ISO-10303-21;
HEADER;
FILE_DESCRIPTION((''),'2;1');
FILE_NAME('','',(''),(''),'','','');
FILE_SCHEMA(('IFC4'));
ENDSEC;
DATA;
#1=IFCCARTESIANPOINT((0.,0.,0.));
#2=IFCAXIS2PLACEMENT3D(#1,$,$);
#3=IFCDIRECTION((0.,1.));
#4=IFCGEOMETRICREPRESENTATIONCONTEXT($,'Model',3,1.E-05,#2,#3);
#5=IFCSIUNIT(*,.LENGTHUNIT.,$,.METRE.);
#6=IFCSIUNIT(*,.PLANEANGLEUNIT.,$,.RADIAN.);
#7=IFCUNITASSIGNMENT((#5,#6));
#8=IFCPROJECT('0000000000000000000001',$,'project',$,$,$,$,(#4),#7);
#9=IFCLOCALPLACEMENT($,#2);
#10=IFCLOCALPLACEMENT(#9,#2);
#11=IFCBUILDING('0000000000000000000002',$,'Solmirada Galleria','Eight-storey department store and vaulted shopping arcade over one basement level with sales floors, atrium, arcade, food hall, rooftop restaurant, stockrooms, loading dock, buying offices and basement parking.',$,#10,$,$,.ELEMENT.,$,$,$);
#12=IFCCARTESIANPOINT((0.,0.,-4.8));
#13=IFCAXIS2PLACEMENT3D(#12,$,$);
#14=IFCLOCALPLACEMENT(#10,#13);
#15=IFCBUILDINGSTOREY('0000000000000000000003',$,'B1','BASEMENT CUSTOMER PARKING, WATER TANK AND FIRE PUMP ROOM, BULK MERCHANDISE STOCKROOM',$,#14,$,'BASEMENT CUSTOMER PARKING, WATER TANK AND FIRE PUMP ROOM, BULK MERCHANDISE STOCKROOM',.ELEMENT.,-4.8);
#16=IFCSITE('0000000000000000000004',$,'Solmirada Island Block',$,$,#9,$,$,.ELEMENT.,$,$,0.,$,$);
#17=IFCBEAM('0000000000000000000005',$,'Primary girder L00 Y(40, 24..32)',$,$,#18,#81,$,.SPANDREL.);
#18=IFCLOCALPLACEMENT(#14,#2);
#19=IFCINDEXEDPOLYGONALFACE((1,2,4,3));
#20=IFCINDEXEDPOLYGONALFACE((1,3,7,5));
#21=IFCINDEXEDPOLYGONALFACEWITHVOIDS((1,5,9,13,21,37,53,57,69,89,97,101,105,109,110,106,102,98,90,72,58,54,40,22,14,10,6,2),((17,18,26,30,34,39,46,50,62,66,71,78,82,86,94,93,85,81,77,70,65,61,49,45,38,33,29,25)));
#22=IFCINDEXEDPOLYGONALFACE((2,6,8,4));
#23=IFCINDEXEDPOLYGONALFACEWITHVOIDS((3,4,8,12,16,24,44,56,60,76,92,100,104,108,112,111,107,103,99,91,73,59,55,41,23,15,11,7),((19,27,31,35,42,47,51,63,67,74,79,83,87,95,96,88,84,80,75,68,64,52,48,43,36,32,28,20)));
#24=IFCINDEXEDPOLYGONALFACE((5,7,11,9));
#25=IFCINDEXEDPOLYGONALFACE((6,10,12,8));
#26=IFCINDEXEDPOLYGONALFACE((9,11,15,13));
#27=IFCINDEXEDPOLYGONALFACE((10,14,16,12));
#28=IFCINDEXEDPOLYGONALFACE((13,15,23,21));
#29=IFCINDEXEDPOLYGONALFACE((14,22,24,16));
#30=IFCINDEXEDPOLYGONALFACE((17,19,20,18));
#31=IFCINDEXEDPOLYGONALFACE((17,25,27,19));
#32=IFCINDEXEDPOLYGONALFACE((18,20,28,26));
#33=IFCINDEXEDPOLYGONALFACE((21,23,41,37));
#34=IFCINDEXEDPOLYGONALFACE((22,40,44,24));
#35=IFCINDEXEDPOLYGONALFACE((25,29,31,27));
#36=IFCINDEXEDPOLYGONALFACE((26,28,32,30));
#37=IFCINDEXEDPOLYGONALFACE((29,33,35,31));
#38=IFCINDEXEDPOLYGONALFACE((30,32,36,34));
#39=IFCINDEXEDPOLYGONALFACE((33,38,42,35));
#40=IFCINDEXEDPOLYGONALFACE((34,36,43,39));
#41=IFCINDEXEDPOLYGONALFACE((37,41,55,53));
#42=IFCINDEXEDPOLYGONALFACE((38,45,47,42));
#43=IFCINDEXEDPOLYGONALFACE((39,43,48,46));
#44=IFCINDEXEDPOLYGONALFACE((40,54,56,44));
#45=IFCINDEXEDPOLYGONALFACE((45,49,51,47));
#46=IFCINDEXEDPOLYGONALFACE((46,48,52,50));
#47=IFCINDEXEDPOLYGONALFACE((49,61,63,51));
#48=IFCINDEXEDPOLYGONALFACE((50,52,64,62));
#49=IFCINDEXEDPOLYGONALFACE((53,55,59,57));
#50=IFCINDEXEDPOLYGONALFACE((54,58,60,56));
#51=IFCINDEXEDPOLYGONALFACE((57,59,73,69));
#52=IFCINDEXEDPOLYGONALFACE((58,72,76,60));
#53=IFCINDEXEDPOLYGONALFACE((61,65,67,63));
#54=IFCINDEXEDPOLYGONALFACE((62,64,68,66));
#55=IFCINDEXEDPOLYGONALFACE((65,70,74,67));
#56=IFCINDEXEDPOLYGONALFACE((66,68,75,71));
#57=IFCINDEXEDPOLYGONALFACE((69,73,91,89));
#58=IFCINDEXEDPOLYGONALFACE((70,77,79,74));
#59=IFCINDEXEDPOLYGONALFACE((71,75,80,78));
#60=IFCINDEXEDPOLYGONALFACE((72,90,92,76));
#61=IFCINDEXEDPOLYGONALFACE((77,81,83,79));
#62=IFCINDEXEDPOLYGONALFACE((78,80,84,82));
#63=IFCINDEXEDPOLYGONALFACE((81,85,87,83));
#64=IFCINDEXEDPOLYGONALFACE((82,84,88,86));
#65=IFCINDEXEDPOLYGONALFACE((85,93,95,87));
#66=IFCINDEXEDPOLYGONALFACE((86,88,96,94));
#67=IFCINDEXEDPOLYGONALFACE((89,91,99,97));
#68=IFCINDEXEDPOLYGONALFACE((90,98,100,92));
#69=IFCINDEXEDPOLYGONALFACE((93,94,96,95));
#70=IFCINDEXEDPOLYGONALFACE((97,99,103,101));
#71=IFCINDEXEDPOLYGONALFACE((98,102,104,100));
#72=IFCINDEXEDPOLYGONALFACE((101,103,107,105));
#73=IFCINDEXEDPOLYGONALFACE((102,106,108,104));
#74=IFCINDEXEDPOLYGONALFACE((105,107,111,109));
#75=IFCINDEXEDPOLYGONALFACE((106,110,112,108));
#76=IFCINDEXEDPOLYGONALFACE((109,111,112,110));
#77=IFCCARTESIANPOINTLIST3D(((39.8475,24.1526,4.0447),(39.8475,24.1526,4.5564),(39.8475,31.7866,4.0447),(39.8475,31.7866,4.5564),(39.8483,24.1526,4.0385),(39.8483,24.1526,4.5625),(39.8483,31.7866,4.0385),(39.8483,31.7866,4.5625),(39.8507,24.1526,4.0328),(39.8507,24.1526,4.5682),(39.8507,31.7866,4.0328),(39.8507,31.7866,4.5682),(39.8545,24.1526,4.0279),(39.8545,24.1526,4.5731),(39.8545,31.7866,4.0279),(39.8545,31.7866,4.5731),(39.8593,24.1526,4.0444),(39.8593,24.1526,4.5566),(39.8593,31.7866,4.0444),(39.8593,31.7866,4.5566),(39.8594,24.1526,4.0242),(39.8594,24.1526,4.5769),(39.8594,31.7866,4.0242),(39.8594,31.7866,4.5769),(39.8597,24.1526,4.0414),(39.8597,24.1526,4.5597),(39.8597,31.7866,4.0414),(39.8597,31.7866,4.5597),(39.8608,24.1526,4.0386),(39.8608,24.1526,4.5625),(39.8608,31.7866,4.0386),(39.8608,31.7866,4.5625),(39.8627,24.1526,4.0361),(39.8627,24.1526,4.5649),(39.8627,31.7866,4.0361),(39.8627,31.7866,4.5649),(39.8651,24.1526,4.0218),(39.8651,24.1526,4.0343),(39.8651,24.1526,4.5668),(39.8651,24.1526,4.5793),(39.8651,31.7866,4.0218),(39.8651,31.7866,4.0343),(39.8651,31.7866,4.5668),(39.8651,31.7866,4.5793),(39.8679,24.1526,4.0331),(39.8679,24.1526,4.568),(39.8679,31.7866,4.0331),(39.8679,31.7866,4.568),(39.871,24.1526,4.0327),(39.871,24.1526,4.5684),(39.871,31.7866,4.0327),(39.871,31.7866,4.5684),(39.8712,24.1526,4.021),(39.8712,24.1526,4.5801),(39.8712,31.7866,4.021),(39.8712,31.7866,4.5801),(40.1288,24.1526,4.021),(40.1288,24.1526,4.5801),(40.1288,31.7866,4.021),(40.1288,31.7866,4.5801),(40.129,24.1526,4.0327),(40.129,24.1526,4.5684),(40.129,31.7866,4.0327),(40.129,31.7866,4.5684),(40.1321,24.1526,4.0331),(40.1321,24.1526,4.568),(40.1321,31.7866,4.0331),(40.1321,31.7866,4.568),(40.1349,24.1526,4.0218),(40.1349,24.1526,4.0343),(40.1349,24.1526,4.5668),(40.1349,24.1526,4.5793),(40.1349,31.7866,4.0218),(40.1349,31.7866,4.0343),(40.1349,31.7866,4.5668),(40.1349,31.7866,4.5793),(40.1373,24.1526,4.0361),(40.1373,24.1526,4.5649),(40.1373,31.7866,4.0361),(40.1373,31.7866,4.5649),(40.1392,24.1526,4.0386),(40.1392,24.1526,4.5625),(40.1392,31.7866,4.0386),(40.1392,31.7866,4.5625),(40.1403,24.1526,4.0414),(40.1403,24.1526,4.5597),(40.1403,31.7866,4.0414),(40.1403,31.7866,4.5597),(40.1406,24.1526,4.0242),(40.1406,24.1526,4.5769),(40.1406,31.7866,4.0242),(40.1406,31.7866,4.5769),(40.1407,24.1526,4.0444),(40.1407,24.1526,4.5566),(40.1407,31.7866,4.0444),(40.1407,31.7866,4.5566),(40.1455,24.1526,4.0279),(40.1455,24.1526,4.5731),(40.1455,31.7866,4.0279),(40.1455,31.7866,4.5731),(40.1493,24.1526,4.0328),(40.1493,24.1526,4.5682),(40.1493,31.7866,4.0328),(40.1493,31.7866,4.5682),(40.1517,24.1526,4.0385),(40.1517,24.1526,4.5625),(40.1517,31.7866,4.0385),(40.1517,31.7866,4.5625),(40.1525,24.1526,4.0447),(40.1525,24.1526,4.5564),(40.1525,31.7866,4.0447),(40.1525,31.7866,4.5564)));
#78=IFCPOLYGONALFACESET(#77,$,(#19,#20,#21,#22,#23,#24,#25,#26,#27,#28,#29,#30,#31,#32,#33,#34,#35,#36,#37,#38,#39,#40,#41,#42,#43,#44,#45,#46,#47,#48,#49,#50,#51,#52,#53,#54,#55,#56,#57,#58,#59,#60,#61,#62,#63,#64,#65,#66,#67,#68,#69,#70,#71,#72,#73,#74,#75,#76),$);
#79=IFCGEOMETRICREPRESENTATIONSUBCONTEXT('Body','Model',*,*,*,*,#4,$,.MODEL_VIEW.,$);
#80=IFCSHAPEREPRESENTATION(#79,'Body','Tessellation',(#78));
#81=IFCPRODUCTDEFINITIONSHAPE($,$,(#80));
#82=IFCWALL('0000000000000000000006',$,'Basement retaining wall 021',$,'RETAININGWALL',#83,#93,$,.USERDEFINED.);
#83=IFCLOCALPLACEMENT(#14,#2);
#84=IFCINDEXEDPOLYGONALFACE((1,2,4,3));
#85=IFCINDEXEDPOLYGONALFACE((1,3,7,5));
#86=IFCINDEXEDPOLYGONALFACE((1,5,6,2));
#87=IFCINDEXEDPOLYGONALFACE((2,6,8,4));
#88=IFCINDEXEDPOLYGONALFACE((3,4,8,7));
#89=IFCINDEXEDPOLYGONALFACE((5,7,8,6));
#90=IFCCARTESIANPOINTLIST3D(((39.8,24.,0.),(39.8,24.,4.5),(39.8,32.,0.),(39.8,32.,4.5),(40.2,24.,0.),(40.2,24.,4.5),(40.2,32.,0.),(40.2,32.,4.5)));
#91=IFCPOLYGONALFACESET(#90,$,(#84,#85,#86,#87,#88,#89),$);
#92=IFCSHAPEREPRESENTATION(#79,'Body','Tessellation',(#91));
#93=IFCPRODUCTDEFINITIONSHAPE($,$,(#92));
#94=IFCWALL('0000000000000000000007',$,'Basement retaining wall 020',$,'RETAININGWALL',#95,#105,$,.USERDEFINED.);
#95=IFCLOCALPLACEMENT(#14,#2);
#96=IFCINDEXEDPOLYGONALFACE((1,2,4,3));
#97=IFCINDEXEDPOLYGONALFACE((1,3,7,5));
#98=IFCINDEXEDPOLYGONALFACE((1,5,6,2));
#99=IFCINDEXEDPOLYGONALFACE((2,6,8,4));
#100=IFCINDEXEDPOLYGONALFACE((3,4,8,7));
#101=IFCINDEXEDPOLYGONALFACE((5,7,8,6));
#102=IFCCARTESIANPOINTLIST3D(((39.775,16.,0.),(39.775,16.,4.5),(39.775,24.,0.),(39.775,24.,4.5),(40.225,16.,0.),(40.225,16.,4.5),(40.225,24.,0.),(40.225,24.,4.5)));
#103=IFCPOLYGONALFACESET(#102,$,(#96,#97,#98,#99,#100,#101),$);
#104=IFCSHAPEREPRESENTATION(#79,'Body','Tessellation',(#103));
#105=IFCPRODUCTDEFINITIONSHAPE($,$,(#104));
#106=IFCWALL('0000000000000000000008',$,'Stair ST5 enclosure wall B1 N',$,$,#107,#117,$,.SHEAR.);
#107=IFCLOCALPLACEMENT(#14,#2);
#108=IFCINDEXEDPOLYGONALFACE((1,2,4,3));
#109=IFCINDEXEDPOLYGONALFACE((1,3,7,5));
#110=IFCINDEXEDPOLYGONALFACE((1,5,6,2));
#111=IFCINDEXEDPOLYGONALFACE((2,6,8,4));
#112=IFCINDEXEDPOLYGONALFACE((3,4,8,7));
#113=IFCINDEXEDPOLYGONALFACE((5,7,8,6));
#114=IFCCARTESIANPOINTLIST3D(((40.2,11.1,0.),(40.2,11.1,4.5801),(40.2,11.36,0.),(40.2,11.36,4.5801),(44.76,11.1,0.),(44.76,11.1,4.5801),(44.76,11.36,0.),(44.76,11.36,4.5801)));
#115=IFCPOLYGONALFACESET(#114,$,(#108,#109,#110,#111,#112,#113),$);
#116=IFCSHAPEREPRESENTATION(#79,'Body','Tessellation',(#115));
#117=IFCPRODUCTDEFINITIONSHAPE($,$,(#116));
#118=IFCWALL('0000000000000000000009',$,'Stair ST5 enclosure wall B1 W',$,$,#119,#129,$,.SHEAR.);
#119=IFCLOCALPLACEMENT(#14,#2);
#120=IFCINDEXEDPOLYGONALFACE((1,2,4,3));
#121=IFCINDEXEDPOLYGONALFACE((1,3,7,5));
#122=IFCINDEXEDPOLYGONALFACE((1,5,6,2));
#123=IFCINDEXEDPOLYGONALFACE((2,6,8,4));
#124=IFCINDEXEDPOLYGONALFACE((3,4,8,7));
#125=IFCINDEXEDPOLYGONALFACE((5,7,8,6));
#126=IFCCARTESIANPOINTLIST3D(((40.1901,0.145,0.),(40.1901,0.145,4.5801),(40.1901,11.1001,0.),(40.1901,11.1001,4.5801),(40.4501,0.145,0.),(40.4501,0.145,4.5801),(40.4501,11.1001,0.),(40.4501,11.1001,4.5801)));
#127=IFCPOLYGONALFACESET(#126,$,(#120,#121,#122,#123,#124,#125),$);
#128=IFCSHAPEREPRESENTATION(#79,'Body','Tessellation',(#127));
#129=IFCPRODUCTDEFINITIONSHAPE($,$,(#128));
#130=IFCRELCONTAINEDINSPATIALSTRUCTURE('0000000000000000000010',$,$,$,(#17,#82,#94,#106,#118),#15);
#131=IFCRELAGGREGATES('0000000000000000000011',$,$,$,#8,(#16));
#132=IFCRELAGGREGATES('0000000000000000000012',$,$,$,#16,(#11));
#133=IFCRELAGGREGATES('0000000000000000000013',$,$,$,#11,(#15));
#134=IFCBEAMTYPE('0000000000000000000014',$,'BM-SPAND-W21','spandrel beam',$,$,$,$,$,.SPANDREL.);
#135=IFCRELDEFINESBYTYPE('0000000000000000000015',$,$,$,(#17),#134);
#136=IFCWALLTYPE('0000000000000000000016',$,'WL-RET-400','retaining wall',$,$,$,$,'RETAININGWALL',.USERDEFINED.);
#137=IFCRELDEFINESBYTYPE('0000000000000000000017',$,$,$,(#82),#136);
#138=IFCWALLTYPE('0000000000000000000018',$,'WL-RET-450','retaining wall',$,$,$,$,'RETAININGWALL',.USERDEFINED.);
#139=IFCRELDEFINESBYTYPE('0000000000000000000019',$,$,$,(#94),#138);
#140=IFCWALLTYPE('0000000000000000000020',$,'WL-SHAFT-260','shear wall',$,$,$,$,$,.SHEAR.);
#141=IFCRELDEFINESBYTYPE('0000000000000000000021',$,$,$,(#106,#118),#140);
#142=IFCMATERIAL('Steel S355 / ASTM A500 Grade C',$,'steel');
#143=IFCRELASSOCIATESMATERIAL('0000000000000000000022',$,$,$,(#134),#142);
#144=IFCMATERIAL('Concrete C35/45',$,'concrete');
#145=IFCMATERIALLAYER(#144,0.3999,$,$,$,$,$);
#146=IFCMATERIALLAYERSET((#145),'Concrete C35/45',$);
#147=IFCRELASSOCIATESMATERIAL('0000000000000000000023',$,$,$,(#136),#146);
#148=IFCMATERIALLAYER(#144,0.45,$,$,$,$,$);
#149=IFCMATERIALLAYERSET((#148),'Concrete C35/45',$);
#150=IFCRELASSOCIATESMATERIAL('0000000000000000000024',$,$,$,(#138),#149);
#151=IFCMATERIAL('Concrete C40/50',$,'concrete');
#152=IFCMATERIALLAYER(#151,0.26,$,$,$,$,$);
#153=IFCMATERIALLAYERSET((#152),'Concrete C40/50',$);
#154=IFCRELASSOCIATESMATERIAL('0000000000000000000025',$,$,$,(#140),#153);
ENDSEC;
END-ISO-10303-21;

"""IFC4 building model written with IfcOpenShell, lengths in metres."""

from ifc_helpers import new_model, si_unit, direction, frame, frame_2d, origin, origin_2d, place, context, subcontext, project, spatial, rectangle, hollow_rectangle, extrude, material, layer, layer_set, material_profile, profile_set, type_object, element, save


model = new_model("IFC4")

# Units and contexts
model_context = context("Model", 3, precision=1e-05, world=origin(), true_north=direction((0.0, 1.0)))
body_context = subcontext(model_context, "Body", "Model", "MODEL_VIEW")
ifc_project = project(units=[si_unit("LENGTHUNIT", "METRE"), si_unit("PLANEANGLEUNIT", "RADIAN")], contexts=[model_context])

# Site, building, storey
site_placement = place(None, origin())
site = spatial("IfcSite", under=ifc_project, at=site_placement, Name="Solmirada Island Block", CompositionType="ELEMENT", RefElevation=0.0)
building_placement = place(site_placement, origin())
building = spatial("IfcBuilding", under=site, at=building_placement, Name="Solmirada Galleria", Description="Eight-storey department store and vaulted shopping arcade over one basement level with sales floors, atrium, arcade, food hall, rooftop restaurant, stockrooms, loading dock, buying offices and basement parking.", CompositionType="ELEMENT")
storey_placement = place(building_placement, frame((0.0, 0.0, -4.8)))
storey = spatial("IfcBuildingStorey", under=building, at=storey_placement, Name="B1", Description="BASEMENT CUSTOMER PARKING, WATER TANK AND FIRE PUMP ROOM, BULK MERCHANDISE STOCKROOM", LongName="BASEMENT CUSTOMER PARKING, WATER TANK AND FIRE PUMP ROOM, BULK MERCHANDISE STOCKROOM", CompositionType="ELEMENT", Elevation=-4.8)

# Shared definitions
ifc_material_1 = material(Name="Concrete C35/45", Category="concrete")

# Shared definitions
ifc_material_2 = material(Name="Concrete C40/50", Category="concrete")

# Shared definitions
ifc_material_3 = material(Name="Steel S355 / ASTM A500 Grade C", Category="steel")

# Beam
ifc_material_profile_1 = material_profile(ifc_material_3, hollow_rectangle(XDim=0.3049, YDim=0.5591, WallThickness=0.0117, InnerFilletRadius=0.0117, OuterFilletRadius=0.0237, at=origin_2d()), Name="HSS22X12X1/2")
ifc_profile_set_1 = profile_set([ifc_material_profile_1], Name="Steel S355 / ASTM A500 Grade C")
beam_type_1 = type_object("IfcBeamType", Name="BM-SPAND-W21", Description="spandrel beam", PredefinedType="SPANDREL", material=ifc_profile_set_1)
beam_1_placement = place(storey_placement, frame((40.0, 24.1526, 4.3005), z_axis=(0.0, 1.0, 0.0), x_axis=(-1.0, 0.0, 0.0)))
element("IfcBeam", 1, at=beam_1_placement, inside=storey, type_object=beam_type_1, Name="Primary girder L00 Y(40, 24..32)", PredefinedType="SPANDREL", context=body_context, shape_type="SweptSolid", body=[
    extrude(hollow_rectangle(XDim=0.3049, YDim=0.5591, WallThickness=0.0117, InnerFilletRadius=0.0117, OuterFilletRadius=0.0237, at=origin_2d()), origin(), (0.0, 0.0, 1.0), 7.634),
])

# Walls
ifc_layer_1 = layer(ifc_material_1, 0.3999)
ifc_layer_set_1 = layer_set([ifc_layer_1], Name="Concrete C35/45")
wall_type_1 = type_object("IfcWallType", Name="WL-RET-400", Description="retaining wall", ElementType="RETAININGWALL", PredefinedType="USERDEFINED", material=ifc_layer_set_1)
wall_1_placement = place(storey_placement, frame((40.0, 24.0, 0.0), z_axis=(0.0, 0.0, 1.0), x_axis=(0.0, 1.0, 0.0)))
element("IfcWall", 2, at=wall_1_placement, inside=storey, type_object=wall_type_1, Name="Basement retaining wall 021", ObjectType="RETAININGWALL", PredefinedType="USERDEFINED", context=body_context, shape_type="SweptSolid", body=[
    extrude(rectangle(XDim=8.0, YDim=0.3999, at=frame_2d((4.0, 0.0))), origin(), (0.0, 0.0, 1.0), 4.5),
])
ifc_layer_2 = layer(ifc_material_1, 0.45)
ifc_layer_set_2 = layer_set([ifc_layer_2], Name="Concrete C35/45")
wall_type_2 = type_object("IfcWallType", Name="WL-RET-450", Description="retaining wall", ElementType="RETAININGWALL", PredefinedType="USERDEFINED", material=ifc_layer_set_2)
wall_2_placement = place(storey_placement, frame((40.0, 16.0, 0.0), z_axis=(0.0, 0.0, 1.0), x_axis=(0.0, 1.0, 0.0)))
element("IfcWall", 3, at=wall_2_placement, inside=storey, type_object=wall_type_2, Name="Basement retaining wall 020", ObjectType="RETAININGWALL", PredefinedType="USERDEFINED", context=body_context, shape_type="SweptSolid", body=[
    extrude(rectangle(XDim=8.0, YDim=0.45, at=frame_2d((4.0, 0.0))), origin(), (0.0, 0.0, 1.0), 4.5),
])
ifc_layer_3 = layer(ifc_material_2, 0.26)
ifc_layer_set_3 = layer_set([ifc_layer_3], Name="Concrete C40/50")
wall_type_3 = type_object("IfcWallType", Name="WL-SHAFT-260", Description="shear wall", PredefinedType="SHEAR", material=ifc_layer_set_3)
wall_3_placement = place(storey_placement, frame((40.2, 11.23, 0.0), z_axis=(0.0, 0.0, 1.0), x_axis=(1.0, 0.0, 0.0)))
element("IfcWall", 4, at=wall_3_placement, inside=storey, type_object=wall_type_3, Name="Stair ST5 enclosure wall B1 N", PredefinedType="SHEAR", context=body_context, shape_type="SweptSolid", body=[
    extrude(rectangle(XDim=4.5601, YDim=0.26, at=frame_2d((2.28, 0.0))), origin(), (0.0, 0.0, 1.0), 4.5801),
])
wall_4_placement = place(storey_placement, frame((40.3201, 0.145, 0.0), z_axis=(0.0, 0.0, 1.0), x_axis=(0.0, 1.0, 0.0)))
element("IfcWall", 5, at=wall_4_placement, inside=storey, type_object=wall_type_3, Name="Stair ST5 enclosure wall B1 W", PredefinedType="SHEAR", context=body_context, shape_type="SweptSolid", body=[
    extrude(rectangle(XDim=10.9551, YDim=0.26, at=frame_2d((5.4775, 0.0))), origin(), (0.0, 0.0, 1.0), 4.5801),
])

save(model, "model.ifc")
